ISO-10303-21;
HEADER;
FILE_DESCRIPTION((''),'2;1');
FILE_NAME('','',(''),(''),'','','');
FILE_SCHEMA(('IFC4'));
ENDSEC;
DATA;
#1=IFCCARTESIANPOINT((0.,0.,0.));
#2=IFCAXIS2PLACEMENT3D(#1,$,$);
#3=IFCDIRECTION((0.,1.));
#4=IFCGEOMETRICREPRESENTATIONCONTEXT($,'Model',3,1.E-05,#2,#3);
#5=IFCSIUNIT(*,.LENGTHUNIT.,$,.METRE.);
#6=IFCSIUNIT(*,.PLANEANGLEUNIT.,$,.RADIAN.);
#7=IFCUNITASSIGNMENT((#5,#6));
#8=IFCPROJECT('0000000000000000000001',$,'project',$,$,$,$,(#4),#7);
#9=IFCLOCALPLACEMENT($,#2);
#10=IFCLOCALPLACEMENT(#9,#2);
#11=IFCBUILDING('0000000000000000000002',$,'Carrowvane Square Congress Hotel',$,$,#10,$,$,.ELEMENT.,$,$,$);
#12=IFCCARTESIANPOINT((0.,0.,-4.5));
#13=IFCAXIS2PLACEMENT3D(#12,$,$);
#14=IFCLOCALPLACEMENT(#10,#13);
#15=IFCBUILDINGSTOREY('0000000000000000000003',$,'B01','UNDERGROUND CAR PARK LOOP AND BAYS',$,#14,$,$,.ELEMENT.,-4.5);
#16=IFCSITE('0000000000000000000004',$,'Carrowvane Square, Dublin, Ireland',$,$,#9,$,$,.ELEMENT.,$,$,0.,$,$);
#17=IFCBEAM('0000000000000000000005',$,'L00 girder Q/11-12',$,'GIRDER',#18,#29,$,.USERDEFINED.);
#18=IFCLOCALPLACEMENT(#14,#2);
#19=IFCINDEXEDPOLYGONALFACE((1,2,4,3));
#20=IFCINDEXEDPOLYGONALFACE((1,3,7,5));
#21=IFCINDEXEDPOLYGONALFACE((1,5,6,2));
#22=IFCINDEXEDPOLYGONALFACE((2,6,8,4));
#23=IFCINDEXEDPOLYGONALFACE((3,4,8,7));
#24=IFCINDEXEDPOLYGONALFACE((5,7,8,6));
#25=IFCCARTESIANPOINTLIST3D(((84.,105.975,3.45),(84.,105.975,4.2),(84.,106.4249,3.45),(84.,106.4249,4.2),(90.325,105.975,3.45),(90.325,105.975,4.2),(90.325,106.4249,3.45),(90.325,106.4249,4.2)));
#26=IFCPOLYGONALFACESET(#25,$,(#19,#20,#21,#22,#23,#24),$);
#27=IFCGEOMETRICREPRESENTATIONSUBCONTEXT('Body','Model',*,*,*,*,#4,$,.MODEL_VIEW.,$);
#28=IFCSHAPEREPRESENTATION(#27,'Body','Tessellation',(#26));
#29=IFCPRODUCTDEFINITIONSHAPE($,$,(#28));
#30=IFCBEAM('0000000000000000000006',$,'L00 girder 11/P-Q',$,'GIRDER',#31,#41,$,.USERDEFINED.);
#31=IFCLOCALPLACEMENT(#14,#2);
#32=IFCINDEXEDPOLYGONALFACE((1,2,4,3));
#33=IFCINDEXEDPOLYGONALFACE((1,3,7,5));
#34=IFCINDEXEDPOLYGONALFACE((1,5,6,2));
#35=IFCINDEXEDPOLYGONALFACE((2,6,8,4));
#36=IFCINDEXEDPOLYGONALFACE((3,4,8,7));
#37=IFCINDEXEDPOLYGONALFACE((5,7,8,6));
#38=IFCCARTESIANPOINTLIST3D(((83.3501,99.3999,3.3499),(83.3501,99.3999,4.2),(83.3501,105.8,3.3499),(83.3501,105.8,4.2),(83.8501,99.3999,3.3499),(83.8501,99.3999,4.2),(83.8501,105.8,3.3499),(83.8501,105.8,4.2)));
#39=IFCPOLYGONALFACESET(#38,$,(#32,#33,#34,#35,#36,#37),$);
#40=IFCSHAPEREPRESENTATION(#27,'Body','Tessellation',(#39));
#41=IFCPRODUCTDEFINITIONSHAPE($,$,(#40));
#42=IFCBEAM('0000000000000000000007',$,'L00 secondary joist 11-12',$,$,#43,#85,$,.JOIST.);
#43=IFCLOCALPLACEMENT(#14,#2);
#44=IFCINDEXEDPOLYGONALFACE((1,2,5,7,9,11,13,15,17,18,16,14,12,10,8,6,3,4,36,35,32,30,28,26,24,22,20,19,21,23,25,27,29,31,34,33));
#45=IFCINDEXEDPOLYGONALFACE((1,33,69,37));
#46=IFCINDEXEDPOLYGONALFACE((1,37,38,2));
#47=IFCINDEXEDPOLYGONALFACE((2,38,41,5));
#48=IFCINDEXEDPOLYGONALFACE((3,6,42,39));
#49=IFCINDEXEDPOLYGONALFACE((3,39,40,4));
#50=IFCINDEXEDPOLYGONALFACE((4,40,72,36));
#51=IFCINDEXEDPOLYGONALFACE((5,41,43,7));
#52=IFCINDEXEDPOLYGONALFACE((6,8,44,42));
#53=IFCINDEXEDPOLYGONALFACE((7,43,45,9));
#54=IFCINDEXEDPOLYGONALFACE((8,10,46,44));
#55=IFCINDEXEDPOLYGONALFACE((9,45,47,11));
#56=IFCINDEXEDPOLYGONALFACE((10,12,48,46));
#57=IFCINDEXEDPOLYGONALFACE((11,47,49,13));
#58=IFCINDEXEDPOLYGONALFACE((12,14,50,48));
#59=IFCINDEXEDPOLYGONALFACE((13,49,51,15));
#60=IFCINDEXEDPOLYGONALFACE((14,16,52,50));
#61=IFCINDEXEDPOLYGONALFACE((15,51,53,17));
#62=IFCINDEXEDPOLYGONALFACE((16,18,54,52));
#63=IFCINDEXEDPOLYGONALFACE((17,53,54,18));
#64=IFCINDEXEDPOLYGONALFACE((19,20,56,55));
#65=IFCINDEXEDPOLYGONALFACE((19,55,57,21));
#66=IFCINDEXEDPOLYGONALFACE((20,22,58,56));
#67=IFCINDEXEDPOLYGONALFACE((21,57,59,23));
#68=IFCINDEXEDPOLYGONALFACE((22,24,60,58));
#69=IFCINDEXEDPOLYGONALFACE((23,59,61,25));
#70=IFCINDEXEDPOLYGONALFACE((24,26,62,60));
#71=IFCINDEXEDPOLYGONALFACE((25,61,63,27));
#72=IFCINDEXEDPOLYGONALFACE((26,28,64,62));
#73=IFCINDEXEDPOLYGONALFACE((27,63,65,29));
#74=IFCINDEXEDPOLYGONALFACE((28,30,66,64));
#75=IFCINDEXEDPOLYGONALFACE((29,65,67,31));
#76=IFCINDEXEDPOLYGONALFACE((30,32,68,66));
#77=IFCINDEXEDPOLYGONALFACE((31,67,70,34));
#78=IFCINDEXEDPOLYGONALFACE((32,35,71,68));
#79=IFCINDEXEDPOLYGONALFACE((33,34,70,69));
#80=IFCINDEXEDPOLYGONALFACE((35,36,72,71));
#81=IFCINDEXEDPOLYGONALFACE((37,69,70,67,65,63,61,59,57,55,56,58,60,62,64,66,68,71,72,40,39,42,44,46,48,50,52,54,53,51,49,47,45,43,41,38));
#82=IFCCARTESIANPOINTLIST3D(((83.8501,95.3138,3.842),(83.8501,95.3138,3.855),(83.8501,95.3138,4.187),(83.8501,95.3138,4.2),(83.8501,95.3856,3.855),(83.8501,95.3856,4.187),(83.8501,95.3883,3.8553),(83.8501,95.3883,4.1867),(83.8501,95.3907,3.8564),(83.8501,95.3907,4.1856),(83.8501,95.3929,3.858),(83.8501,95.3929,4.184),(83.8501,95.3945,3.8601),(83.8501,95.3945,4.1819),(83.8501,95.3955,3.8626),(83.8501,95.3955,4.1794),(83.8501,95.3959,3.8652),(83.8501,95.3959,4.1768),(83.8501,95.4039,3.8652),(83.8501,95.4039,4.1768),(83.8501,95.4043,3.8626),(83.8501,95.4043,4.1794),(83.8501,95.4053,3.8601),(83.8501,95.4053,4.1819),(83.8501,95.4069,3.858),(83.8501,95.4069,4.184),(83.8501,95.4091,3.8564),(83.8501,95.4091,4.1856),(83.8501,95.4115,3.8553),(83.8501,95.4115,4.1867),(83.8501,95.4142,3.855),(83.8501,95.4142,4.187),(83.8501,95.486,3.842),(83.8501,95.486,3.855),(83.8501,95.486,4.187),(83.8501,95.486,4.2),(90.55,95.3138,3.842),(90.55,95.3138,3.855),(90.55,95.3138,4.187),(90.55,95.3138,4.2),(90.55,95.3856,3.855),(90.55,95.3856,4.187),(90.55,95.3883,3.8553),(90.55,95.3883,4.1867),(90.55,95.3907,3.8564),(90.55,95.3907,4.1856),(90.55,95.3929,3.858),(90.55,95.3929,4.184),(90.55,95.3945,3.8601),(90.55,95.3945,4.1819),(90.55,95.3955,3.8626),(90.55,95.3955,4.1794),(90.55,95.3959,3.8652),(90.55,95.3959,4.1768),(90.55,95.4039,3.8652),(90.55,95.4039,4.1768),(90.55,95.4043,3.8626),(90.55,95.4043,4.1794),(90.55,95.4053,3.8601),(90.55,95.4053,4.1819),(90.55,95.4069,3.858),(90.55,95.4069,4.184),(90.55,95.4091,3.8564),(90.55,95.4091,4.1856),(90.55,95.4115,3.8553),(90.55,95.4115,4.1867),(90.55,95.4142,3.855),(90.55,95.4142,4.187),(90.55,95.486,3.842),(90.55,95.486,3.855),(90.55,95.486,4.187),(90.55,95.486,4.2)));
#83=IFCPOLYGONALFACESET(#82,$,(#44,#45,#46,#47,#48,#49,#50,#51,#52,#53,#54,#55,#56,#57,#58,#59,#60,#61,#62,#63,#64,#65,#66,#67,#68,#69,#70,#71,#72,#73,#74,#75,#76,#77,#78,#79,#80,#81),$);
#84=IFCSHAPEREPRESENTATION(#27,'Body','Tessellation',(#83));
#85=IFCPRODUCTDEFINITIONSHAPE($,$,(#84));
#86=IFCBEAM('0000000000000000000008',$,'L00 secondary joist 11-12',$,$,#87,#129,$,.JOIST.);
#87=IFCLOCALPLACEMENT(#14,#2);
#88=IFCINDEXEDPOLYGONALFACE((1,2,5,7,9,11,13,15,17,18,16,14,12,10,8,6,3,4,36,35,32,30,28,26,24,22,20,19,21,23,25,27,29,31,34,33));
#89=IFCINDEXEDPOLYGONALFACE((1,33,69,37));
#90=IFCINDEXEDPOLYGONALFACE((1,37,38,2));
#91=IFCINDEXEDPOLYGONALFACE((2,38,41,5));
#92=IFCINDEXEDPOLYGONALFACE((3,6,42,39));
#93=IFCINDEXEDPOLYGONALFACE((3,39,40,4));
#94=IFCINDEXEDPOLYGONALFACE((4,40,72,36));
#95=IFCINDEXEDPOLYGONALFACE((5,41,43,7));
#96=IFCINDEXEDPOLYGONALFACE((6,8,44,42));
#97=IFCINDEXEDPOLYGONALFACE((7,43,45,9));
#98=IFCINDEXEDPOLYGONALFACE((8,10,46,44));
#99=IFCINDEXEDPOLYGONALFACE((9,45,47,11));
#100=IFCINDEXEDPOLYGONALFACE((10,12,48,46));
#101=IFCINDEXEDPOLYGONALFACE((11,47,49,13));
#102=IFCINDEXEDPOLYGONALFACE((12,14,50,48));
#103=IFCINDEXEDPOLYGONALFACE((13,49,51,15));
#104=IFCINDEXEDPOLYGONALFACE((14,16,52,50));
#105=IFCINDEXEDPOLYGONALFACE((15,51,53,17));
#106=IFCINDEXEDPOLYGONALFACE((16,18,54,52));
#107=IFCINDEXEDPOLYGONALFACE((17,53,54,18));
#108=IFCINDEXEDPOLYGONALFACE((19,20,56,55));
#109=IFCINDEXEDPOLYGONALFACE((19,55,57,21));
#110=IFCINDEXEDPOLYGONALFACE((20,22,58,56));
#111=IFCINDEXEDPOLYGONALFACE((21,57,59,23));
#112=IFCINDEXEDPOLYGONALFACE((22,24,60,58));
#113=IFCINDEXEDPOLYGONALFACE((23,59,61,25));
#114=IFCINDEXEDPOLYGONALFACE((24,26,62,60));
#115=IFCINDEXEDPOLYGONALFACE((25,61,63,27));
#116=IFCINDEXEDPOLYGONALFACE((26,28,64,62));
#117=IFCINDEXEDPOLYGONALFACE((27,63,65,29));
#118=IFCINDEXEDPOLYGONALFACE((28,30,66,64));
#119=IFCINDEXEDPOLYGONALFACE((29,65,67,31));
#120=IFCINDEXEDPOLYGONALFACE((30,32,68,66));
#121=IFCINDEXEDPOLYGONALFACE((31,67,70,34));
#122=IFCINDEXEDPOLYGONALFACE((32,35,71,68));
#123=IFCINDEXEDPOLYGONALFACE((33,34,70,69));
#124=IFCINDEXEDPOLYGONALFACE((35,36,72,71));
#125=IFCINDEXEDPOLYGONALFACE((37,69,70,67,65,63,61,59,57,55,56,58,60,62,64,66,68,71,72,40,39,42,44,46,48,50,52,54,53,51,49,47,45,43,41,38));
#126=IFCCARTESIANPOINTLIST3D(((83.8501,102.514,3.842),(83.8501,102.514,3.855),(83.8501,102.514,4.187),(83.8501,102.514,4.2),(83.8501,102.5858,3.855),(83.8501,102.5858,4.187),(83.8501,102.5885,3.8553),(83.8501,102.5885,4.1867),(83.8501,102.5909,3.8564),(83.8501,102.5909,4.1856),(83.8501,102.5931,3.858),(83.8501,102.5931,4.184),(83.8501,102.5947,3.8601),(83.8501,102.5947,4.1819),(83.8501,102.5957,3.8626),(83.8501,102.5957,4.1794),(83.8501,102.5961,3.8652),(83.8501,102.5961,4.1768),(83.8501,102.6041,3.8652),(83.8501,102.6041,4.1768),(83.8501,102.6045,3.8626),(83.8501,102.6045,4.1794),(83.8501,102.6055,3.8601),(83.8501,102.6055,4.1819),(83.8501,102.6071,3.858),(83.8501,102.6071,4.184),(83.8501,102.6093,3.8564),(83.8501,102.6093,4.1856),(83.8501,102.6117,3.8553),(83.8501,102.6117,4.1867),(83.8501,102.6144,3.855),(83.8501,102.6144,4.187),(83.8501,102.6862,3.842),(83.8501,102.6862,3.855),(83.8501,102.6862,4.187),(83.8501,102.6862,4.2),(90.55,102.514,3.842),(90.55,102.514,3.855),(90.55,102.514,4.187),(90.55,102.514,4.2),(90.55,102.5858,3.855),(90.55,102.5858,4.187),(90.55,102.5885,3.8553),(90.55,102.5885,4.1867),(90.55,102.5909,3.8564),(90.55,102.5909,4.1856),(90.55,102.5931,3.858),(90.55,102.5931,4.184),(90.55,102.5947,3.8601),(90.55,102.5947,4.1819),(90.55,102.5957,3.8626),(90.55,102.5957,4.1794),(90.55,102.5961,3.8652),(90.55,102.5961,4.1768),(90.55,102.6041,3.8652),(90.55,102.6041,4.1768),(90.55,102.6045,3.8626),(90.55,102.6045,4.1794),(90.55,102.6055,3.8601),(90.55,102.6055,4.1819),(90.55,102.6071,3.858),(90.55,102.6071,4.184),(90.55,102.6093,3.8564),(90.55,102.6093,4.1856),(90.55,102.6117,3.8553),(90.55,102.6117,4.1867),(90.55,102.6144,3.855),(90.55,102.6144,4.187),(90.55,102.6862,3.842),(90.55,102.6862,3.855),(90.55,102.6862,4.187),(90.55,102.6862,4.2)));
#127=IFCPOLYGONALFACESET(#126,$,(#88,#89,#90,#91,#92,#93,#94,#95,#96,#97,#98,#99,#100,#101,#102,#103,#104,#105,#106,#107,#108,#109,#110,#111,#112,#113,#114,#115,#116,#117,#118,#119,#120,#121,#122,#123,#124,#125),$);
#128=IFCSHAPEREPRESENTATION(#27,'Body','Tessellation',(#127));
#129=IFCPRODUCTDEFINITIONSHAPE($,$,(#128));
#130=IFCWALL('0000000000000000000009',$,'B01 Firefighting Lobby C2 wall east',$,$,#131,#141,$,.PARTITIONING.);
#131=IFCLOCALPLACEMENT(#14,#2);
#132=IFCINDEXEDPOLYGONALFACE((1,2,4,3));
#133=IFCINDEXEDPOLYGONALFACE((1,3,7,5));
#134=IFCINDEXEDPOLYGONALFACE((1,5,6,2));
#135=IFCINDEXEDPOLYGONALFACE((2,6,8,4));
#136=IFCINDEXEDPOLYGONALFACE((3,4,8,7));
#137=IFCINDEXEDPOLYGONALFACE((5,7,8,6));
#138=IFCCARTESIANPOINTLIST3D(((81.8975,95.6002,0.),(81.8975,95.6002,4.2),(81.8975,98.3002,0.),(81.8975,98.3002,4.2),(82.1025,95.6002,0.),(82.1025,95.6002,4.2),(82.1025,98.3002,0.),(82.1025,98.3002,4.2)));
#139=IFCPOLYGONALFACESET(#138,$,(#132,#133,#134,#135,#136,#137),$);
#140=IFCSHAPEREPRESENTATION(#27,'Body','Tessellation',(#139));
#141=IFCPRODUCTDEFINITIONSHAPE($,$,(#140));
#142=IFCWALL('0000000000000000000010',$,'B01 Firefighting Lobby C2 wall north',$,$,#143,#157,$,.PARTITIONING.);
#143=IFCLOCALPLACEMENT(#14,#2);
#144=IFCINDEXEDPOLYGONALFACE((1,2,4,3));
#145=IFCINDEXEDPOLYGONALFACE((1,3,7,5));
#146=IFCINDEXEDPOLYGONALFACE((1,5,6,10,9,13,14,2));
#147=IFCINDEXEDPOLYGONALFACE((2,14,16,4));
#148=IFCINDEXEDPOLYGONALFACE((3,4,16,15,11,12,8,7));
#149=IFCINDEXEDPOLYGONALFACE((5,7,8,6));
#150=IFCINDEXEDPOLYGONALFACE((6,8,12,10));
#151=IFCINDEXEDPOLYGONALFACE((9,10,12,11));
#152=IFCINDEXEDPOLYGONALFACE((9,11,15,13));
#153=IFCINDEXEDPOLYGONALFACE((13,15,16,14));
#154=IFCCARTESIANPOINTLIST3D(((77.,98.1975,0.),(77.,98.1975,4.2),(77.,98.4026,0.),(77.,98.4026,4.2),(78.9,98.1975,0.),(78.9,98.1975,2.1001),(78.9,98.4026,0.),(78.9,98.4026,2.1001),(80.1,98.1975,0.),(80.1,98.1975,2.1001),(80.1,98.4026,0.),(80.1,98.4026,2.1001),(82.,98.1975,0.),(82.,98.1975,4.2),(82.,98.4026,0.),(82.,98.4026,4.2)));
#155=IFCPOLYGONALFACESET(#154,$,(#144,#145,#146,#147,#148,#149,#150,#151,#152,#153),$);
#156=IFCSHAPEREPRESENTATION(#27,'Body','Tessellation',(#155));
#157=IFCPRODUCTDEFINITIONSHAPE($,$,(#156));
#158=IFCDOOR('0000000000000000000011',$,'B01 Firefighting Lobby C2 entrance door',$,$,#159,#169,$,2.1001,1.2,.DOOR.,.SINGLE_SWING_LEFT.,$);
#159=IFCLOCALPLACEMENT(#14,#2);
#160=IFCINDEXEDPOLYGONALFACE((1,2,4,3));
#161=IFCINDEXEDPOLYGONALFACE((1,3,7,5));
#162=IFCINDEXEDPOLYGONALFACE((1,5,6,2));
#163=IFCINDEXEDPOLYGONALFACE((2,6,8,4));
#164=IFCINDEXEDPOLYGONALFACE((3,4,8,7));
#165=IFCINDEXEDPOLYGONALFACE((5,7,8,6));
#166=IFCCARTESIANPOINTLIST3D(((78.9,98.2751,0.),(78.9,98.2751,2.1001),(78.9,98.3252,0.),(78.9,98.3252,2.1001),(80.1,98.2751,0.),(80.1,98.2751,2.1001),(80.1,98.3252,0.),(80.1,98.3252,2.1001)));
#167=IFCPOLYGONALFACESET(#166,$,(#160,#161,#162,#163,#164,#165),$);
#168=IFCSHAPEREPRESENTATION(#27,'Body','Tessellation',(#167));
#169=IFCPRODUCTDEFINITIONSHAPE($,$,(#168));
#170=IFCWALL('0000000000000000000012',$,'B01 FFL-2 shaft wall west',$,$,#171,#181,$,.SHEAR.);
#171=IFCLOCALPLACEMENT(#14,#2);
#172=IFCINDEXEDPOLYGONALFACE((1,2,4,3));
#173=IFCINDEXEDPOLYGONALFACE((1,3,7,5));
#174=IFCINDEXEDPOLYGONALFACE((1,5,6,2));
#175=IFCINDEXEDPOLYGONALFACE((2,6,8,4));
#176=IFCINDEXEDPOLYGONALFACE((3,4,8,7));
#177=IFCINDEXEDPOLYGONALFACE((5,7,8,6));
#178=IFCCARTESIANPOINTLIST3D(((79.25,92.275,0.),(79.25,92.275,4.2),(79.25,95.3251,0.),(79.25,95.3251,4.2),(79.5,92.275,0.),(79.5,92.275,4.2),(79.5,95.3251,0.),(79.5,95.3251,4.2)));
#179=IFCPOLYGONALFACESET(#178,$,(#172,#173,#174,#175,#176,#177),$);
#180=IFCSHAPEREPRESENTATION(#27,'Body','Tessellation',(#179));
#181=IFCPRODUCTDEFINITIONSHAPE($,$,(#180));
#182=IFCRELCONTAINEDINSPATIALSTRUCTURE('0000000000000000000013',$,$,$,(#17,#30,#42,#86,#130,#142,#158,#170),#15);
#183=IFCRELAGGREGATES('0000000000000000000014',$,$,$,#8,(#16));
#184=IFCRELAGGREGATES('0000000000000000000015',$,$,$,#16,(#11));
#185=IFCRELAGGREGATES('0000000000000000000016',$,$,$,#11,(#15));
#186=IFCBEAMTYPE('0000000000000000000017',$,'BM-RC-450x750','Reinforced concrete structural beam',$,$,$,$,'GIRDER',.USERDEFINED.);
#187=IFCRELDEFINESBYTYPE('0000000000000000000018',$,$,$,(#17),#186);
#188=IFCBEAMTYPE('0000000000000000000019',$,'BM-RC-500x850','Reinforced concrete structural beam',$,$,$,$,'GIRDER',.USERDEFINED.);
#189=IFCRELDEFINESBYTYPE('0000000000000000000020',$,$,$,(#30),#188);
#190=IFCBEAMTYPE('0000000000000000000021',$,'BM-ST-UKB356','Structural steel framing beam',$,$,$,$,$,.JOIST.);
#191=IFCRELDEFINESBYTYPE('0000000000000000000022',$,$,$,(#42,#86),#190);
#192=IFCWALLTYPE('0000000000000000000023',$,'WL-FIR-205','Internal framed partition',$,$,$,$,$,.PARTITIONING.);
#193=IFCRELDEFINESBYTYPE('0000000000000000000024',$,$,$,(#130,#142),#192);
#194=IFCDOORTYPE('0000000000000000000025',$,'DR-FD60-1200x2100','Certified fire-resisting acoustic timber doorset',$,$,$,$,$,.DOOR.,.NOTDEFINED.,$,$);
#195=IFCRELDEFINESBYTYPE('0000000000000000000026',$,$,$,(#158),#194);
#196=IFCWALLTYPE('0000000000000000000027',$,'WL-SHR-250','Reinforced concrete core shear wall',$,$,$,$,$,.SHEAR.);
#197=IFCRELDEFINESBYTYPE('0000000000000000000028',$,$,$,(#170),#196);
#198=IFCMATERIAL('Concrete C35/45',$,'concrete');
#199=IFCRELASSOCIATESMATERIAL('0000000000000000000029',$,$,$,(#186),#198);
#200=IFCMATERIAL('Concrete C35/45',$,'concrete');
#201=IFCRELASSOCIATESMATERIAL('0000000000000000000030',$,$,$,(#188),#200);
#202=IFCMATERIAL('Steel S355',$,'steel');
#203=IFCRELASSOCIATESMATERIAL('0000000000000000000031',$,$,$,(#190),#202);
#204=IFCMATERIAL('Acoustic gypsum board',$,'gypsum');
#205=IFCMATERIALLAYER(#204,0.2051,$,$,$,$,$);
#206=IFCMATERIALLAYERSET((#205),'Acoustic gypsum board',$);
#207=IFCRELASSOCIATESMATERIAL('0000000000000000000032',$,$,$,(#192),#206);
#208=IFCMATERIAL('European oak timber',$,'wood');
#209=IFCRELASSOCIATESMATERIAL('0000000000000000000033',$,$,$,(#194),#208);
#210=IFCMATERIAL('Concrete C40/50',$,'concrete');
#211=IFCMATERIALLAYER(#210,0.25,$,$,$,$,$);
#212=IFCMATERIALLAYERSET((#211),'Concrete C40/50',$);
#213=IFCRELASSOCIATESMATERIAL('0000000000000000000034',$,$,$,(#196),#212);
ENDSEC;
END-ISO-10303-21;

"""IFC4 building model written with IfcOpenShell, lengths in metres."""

from ifc_helpers import new_model, si_unit, direction, frame, frame_2d, origin, origin_2d, place, context, subcontext, project, spatial, rectangle, i_section, extrude, material, layer, layer_set, material_profile, profile_set, type_object, element, fill, save


model = new_model("IFC4")

# Units and contexts
model_context = context("Model", 3, precision=1e-05, world=origin(), true_north=direction((0.0, 1.0)))
body_context = subcontext(model_context, "Body", "Model", "MODEL_VIEW")
ifc_project = project(units=[si_unit("LENGTHUNIT", "METRE"), si_unit("PLANEANGLEUNIT", "RADIAN")], contexts=[model_context])

# Site, building, storey
site_placement = place(None, origin())
site = spatial("IfcSite", under=ifc_project, at=site_placement, Name="Carrowvane Square, Dublin, Ireland", CompositionType="ELEMENT", RefElevation=0.0)
building_placement = place(site_placement, origin())
building = spatial("IfcBuilding", under=site, at=building_placement, Name="Carrowvane Square Congress Hotel", CompositionType="ELEMENT")
storey_placement = place(building_placement, frame((0.0, 0.0, -4.5)))
storey = spatial("IfcBuildingStorey", under=building, at=storey_placement, Name="B01", Description="UNDERGROUND CAR PARK LOOP AND BAYS", CompositionType="ELEMENT", Elevation=-4.5)

# Beams
ifc_material_1 = material(Name="Concrete C35/45", Category="concrete")
ifc_material_profile_1 = material_profile(ifc_material_1, rectangle(XDim=0.45, YDim=0.75, at=origin_2d()), Name="RC 450x750")
ifc_profile_set_1 = profile_set([ifc_material_profile_1], Name="Concrete C35/45")
beam_type_1 = type_object("IfcBeamType", Name="BM-RC-450x750", Description="Reinforced concrete structural beam", ElementType="GIRDER", PredefinedType="USERDEFINED", material=ifc_profile_set_1)
beam_1_placement = place(storey_placement, frame((84.0, 106.2, 3.825), z_axis=(1.0, 0.0, 0.0), x_axis=(0.0, 1.0, 0.0)))
element("IfcBeam", 1, at=beam_1_placement, inside=storey, type_object=beam_type_1, Name="L00 girder Q/11-12", ObjectType="GIRDER", PredefinedType="USERDEFINED", context=body_context, shape_type="SweptSolid", body=[
    extrude(rectangle(XDim=0.45, YDim=0.75, at=origin_2d()), origin(), (0.0, 0.0, 1.0), 6.325),
])
ifc_material_2 = material(Name="Concrete C35/45", Category="concrete")
ifc_material_profile_2 = material_profile(ifc_material_2, rectangle(XDim=0.5, YDim=0.8501, at=origin_2d()), Name="RC 500x850")
ifc_profile_set_2 = profile_set([ifc_material_profile_2], Name="Concrete C35/45")
beam_type_2 = type_object("IfcBeamType", Name="BM-RC-500x850", Description="Reinforced concrete structural beam", ElementType="GIRDER", PredefinedType="USERDEFINED", material=ifc_profile_set_2)
beam_2_placement = place(storey_placement, frame((83.6001, 99.3999, 3.7749), z_axis=(0.0, 1.0, 0.0), x_axis=(-1.0, 0.0, 0.0)))
element("IfcBeam", 2, at=beam_2_placement, inside=storey, type_object=beam_type_2, Name="L00 girder 11/P-Q", ObjectType="GIRDER", PredefinedType="USERDEFINED", context=body_context, shape_type="SweptSolid", body=[
    extrude(rectangle(XDim=0.5, YDim=0.8501, at=origin_2d()), origin(), (0.0, 0.0, 1.0), 6.4001),
])
ifc_material_3 = material(Name="Steel S355", Category="steel")
ifc_material_profile_3 = material_profile(ifc_material_3, i_section(OverallWidth=0.1721, OverallDepth=0.3579, WebThickness=0.0081, FlangeThickness=0.0129, FilletRadius=0.0103, at=origin_2d()), Name="UKB 356x171x57")
ifc_profile_set_3 = profile_set([ifc_material_profile_3], Name="Steel S355")
beam_type_3 = type_object("IfcBeamType", Name="BM-ST-UKB356", Description="Structural steel framing beam", PredefinedType="JOIST", material=ifc_profile_set_3)
for number, where, z_axis, x_axis, name in (
    (3, (83.8501, 95.3999, 4.021), (1.0, 0.0, 0.0), (0.0, 1.0, 0.0), "L00 secondary joist 11-12"),
    (4, (83.8501, 102.6001, 4.021), (1.0, 0.0, 0.0), (0.0, 1.0, 0.0), "L00 secondary joist 11-12"),
):
    element("IfcBeam", number, at=place(storey_placement, frame(where, z_axis=z_axis, x_axis=x_axis)), inside=storey, type_object=beam_type_3, Name=name, PredefinedType="JOIST", context=body_context, shape_type="SweptSolid", body=[
        extrude(i_section(OverallWidth=0.1721, OverallDepth=0.3579, WebThickness=0.0081, FlangeThickness=0.0129, FilletRadius=0.0103, at=origin_2d()), origin(), (0.0, 0.0, 1.0), 6.7),
    ])

# Wall
ifc_material_4 = material(Name="Acoustic gypsum board", Category="gypsum")
ifc_layer_1 = layer(ifc_material_4, 0.2051)
ifc_layer_set_1 = layer_set([ifc_layer_1], Name="Acoustic gypsum board")
wall_type_1 = type_object("IfcWallType", Name="WL-FIR-205", Description="Internal framed partition", PredefinedType="PARTITIONING", material=ifc_layer_set_1)
wall_1_placement = place(storey_placement, frame((82.0, 95.6001, 0.0), z_axis=(0.0, 0.0, 1.0), x_axis=(0.0, 1.0, 0.0)))
element("IfcWall", 5, at=wall_1_placement, inside=storey, type_object=wall_type_1, Name="B01 Firefighting Lobby C2 wall east", PredefinedType="PARTITIONING", context=body_context, shape_type="SweptSolid", body=[
    extrude(rectangle(XDim=2.7, YDim=0.2051, at=frame_2d((1.3501, 0.0))), origin(), (0.0, 0.0, 1.0), 4.2),
])

# Wall, opening, door
wall_2_placement = place(storey_placement, frame((82.0, 98.3, 0.0), z_axis=(0.0, 0.0, 1.0), x_axis=(-1.0, 0.0, 0.0)))
wall_2 = element("IfcWall", 6, at=wall_2_placement, inside=storey, type_object=wall_type_1, Name="B01 Firefighting Lobby C2 wall north", PredefinedType="PARTITIONING", context=body_context, shape_type="SweptSolid", body=[
    extrude(rectangle(XDim=5.0, YDim=0.2051, at=frame_2d((2.5, 0.0))), origin(), (0.0, 0.0, 1.0), 4.2),
])
opening_1_placement = place(wall_2_placement, frame((1.8999, 0.0, 0.0)))
opening_1 = element("IfcOpeningElement", 7, at=opening_1_placement, cuts=wall_2, PredefinedType="OPENING", context=body_context, shape_type="SweptSolid", body=[
    extrude(rectangle(XDim=1.2, YDim=2.1001, at=frame_2d((0.6001, 1.05))), frame((0.0, 0.1125, 0.0), z_axis=(0.0, -1.0, 0.0), x_axis=(1.0, 0.0, 0.0)), (0.0, 0.0, 1.0), 0.2251),
])
ifc_material_5 = material(Name="European oak timber", Category="wood")
door_type_1 = type_object("IfcDoorType", Name="DR-FD60-1200x2100", Description="Certified fire-resisting acoustic timber doorset", OperationType="NOTDEFINED", PredefinedType="DOOR", material=ifc_material_5)
door_1_placement = place(opening_1_placement, origin())
door_1 = element("IfcDoor", 8, at=door_1_placement, inside=storey, type_object=door_type_1, Name="B01 Firefighting Lobby C2 entrance door", OperationType="SINGLE_SWING_LEFT", OverallHeight=2.1001, OverallWidth=1.2, PredefinedType="DOOR", context=body_context, shape_type="SweptSolid", body=[
    extrude(rectangle(XDim=1.2, YDim=2.1001, at=frame_2d((0.6001, 1.05))), frame((0.0, 0.0249, 0.0), z_axis=(0.0, -1.0, 0.0), x_axis=(1.0, 0.0, 0.0)), (0.0, 0.0, 1.0), 0.05),
])
fill(opening_1, door_1)
ifc_material_6 = material(Name="Concrete C40/50", Category="concrete")
ifc_layer_2 = layer(ifc_material_6, 0.25)
ifc_layer_set_2 = layer_set([ifc_layer_2], Name="Concrete C40/50")
wall_type_2 = type_object("IfcWallType", Name="WL-SHR-250", Description="Reinforced concrete core shear wall", PredefinedType="SHEAR", material=ifc_layer_set_2)

# Wall
wall_3_placement = place(storey_placement, frame((79.375, 95.325, 0.0), z_axis=(0.0, 0.0, 1.0), x_axis=(0.0, -1.0, 0.0)))
element("IfcWall", 9, at=wall_3_placement, inside=storey, type_object=wall_type_2, Name="B01 FFL-2 shaft wall west", PredefinedType="SHEAR", context=body_context, shape_type="SweptSolid", body=[
    extrude(rectangle(XDim=3.05, YDim=0.25, at=frame_2d((1.5249, 0.0))), origin(), (0.0, 0.0, 1.0), 4.2),
])

save(model, "model.ifc")
